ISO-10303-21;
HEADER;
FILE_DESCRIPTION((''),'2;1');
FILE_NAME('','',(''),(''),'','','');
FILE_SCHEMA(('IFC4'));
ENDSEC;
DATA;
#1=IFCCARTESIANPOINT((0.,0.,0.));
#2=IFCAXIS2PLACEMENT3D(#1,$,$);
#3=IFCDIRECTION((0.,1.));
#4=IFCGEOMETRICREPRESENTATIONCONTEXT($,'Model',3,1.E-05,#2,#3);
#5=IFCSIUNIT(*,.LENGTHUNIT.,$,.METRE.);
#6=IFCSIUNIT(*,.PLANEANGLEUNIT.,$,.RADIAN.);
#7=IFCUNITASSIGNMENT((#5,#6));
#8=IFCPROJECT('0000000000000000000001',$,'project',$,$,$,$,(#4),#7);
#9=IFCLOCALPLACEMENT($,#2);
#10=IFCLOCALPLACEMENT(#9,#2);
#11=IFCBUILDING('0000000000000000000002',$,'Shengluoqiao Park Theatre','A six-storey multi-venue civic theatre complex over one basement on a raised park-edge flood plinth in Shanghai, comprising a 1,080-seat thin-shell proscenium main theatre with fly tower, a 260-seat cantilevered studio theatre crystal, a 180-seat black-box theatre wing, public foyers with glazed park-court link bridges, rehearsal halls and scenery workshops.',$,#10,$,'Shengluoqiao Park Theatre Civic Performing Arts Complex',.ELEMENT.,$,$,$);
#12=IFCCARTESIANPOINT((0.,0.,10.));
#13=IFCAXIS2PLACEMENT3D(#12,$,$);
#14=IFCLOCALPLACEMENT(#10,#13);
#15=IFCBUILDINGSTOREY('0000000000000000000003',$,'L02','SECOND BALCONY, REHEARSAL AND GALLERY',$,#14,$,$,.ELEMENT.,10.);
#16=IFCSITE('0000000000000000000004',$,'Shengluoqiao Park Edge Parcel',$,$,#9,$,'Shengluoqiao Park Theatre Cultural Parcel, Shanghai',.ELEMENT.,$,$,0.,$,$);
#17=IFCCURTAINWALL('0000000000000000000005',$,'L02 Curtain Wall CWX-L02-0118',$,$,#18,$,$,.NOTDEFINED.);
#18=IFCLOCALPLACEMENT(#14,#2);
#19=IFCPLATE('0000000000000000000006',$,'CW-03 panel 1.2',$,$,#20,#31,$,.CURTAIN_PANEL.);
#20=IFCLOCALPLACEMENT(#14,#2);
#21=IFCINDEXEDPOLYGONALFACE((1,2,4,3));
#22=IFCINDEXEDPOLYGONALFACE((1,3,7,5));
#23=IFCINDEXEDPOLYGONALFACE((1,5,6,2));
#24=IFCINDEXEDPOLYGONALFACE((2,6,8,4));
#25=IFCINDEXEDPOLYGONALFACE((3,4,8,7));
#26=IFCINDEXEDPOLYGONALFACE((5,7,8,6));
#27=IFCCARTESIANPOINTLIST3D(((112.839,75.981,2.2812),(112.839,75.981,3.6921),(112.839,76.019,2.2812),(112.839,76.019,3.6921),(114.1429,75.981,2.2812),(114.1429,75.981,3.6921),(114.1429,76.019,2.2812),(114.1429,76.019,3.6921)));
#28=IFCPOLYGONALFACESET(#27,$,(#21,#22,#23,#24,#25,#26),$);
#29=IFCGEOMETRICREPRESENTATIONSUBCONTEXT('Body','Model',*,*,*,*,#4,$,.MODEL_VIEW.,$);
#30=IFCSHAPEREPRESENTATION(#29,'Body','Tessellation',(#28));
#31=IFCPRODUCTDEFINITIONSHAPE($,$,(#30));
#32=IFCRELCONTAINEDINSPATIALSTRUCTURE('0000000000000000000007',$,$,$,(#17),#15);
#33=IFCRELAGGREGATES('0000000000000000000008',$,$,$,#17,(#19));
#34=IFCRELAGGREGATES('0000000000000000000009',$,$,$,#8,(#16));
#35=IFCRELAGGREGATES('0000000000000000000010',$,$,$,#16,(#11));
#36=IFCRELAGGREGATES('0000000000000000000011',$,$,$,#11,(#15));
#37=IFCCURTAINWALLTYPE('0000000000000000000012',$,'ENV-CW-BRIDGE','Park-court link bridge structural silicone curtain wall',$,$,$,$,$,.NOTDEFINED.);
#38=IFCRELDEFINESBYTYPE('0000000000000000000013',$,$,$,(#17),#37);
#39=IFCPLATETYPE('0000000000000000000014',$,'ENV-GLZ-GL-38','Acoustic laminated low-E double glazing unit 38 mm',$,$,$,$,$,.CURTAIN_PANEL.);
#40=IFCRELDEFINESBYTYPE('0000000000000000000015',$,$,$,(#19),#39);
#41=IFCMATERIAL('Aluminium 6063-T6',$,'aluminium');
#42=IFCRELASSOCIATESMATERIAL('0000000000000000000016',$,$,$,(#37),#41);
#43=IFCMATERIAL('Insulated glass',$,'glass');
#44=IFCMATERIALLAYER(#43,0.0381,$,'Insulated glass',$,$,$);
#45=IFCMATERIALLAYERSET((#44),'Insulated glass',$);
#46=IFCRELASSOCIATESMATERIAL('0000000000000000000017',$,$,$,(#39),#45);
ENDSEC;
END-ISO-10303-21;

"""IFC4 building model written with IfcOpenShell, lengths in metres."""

from ifc_helpers import new_model, si_unit, direction, frame, origin, origin_2d, place, context, subcontext, project, spatial, rectangle, extrude, material, layer, layer_set, type_object, element, aggregate, save


model = new_model("IFC4")

# Units and contexts
model_context = context("Model", 3, precision=1e-05, world=origin(), true_north=direction((0.0, 1.0)))
body_context = subcontext(model_context, "Body", "Model", "MODEL_VIEW")
ifc_project = project(units=[si_unit("LENGTHUNIT", "METRE"), si_unit("PLANEANGLEUNIT", "RADIAN")], contexts=[model_context])

# Site, building, storey
site_placement = place(None, origin())
site = spatial("IfcSite", under=ifc_project, at=site_placement, Name="Shengluoqiao Park Edge Parcel", LongName="Shengluoqiao Park Theatre Cultural Parcel, Shanghai", CompositionType="ELEMENT", RefElevation=0.0)
building_placement = place(site_placement, origin())
building = spatial("IfcBuilding", under=site, at=building_placement, Name="Shengluoqiao Park Theatre", Description="A six-storey multi-venue civic theatre complex over one basement on a raised park-edge flood plinth in Shanghai, comprising a 1,080-seat thin-shell proscenium main theatre with fly tower, a 260-seat cantilevered studio theatre crystal, a 180-seat black-box theatre wing, public foyers with glazed park-court link bridges, rehearsal halls and scenery workshops.", LongName="Shengluoqiao Park Theatre Civic Performing Arts Complex", CompositionType="ELEMENT")
storey_placement = place(building_placement, frame((0.0, 0.0, 10.0)))
storey = spatial("IfcBuildingStorey", under=building, at=storey_placement, Name="L02", Description="SECOND BALCONY, REHEARSAL AND GALLERY", CompositionType="ELEMENT", Elevation=10.0)

# Curtain wall
ifc_material_1 = material(Name="Aluminium 6063-T6", Category="aluminium")
curtain_wall_type = type_object("IfcCurtainWallType", Name="ENV-CW-BRIDGE", Description="Park-court link bridge structural silicone curtain wall", PredefinedType="NOTDEFINED", material=ifc_material_1)
curtain_wall_1_placement = place(storey_placement, origin())
curtain_wall_1 = element("IfcCurtainWall", 1, at=curtain_wall_1_placement, inside=storey, type_object=curtain_wall_type, Name="L02 Curtain Wall CWX-L02-0118", PredefinedType="NOTDEFINED")

# Plate
ifc_material_2 = material(Name="Insulated glass", Category="glass")
ifc_layer = layer(ifc_material_2, 0.0381, Name="Insulated glass")
ifc_layer_set = layer_set([ifc_layer], Name="Insulated glass")
plate_type = type_object("IfcPlateType", Name="ENV-GLZ-GL-38", Description="Acoustic laminated low-E double glazing unit 38 mm", PredefinedType="CURTAIN_PANEL", material=ifc_layer_set)
plate_1_placement = place(storey_placement, frame((113.491, 76.0, 2.2812), z_axis=(0.0, 0.0, 1.0), x_axis=(1.0, 0.0, 0.0)))
plate_1 = element("IfcPlate", 2, at=plate_1_placement, type_object=plate_type, Name="CW-03 panel 1.2", PredefinedType="CURTAIN_PANEL", context=body_context, shape_type="SweptSolid", body=[
    extrude(rectangle(XDim=1.304, YDim=0.0381, at=origin_2d()), origin(), (0.0, 0.0, 1.0), 1.4109),
])
aggregate(curtain_wall_1, [plate_1])

save(model, "model.ifc")
